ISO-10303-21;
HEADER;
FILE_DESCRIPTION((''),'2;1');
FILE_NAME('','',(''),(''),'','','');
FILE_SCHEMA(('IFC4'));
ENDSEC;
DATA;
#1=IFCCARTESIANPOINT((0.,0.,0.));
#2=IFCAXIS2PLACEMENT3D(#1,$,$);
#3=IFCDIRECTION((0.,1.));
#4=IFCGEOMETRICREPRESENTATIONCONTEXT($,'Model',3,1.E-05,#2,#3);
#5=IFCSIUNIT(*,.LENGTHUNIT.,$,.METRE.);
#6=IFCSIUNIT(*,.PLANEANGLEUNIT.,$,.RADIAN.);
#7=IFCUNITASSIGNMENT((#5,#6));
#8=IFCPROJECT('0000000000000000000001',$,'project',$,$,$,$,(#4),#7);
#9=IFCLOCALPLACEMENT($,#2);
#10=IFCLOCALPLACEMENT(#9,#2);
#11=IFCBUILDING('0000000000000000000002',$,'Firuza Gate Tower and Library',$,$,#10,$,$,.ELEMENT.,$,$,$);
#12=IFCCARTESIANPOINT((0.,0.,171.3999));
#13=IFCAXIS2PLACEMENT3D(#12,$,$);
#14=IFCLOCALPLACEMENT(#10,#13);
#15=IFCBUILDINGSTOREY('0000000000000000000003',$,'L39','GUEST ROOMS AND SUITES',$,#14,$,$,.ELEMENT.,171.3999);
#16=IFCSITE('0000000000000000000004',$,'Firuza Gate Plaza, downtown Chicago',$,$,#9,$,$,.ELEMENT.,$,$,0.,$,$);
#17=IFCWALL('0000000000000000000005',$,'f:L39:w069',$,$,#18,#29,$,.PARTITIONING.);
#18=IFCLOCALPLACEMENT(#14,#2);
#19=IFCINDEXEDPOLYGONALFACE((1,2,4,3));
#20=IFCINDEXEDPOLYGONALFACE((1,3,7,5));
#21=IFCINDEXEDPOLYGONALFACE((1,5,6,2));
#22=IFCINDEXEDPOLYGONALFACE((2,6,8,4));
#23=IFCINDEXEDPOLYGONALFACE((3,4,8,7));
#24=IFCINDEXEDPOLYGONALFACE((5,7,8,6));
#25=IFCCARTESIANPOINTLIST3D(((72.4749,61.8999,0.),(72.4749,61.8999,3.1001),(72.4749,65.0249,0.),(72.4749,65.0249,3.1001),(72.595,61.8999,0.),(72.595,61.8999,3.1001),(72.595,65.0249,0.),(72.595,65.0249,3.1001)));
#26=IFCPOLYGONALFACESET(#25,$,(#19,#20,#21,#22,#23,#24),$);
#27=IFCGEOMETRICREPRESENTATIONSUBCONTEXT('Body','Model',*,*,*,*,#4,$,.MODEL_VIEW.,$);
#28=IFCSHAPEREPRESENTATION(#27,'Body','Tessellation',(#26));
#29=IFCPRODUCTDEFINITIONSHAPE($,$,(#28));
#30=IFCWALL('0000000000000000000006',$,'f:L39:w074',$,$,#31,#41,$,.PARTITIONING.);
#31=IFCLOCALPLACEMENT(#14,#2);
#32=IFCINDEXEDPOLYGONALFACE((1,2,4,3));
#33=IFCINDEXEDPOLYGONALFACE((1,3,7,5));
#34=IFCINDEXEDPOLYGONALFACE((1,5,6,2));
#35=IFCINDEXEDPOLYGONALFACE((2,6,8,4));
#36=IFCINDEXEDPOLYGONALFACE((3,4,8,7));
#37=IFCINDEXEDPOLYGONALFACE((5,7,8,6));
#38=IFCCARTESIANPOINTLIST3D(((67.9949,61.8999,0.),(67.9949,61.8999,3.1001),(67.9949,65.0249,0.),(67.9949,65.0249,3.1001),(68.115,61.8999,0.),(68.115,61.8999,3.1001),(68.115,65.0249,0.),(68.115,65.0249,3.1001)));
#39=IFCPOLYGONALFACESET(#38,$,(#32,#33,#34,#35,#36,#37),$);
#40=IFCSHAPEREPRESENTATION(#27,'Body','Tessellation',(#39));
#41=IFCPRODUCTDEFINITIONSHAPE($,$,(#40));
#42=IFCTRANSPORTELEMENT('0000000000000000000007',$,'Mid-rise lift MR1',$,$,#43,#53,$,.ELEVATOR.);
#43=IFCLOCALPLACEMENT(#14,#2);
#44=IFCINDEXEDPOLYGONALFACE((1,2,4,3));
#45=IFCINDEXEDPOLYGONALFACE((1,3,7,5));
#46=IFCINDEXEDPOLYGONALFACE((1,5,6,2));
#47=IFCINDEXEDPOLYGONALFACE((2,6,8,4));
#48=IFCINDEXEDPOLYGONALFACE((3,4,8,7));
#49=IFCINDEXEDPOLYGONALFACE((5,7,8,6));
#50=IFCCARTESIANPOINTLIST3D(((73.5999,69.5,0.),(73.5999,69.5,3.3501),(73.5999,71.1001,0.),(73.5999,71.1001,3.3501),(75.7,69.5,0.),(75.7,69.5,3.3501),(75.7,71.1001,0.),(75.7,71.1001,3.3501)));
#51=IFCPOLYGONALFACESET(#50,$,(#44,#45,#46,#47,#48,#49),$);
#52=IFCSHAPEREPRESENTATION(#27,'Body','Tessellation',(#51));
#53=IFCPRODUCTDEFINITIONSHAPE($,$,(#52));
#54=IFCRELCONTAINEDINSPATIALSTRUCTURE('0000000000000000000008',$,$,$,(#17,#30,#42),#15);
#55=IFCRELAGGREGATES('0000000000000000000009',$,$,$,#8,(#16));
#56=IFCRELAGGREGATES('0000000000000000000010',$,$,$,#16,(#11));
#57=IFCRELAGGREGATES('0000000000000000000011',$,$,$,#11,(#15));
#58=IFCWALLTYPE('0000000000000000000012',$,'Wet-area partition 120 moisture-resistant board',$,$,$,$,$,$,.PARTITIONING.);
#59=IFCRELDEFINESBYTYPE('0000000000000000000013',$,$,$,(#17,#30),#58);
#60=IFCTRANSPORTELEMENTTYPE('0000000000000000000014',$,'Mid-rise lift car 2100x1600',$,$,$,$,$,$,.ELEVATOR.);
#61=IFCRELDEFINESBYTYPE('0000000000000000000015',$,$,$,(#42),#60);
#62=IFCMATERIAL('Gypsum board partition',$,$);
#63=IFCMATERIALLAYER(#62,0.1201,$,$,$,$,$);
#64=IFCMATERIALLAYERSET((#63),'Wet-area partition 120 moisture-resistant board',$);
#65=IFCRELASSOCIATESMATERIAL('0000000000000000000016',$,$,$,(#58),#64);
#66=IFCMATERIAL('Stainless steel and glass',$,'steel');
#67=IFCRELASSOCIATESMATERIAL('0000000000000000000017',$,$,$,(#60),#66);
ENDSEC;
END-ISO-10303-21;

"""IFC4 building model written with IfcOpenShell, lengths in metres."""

from ifc_helpers import new_model, si_unit, direction, frame, frame_2d, origin, origin_2d, place, context, subcontext, project, spatial, rectangle, extrude, material, layer, layer_set, type_object, element, save


model = new_model("IFC4")

# Units and contexts
model_context = context("Model", 3, precision=1e-05, world=origin(), true_north=direction((0.0, 1.0)))
body_context = subcontext(model_context, "Body", "Model", "MODEL_VIEW")
ifc_project = project(units=[si_unit("LENGTHUNIT", "METRE"), si_unit("PLANEANGLEUNIT", "RADIAN")], contexts=[model_context])

# Site, building, storey
site_placement = place(None, origin())
site = spatial("IfcSite", under=ifc_project, at=site_placement, Name="Firuza Gate Plaza, downtown Chicago", CompositionType="ELEMENT", RefElevation=0.0)
building_placement = place(site_placement, origin())
building = spatial("IfcBuilding", under=site, at=building_placement, Name="Firuza Gate Tower and Library", CompositionType="ELEMENT")
storey_placement = place(building_placement, frame((0.0, 0.0, 171.3999)))
storey = spatial("IfcBuildingStorey", under=building, at=storey_placement, Name="L39", Description="GUEST ROOMS AND SUITES", CompositionType="ELEMENT", Elevation=171.3999)

# Shared definitions
ifc_material_1 = material(Name="Gypsum board partition")
ifc_layer_1 = layer(ifc_material_1, 0.1201)
ifc_layer_set_1 = layer_set([ifc_layer_1], Name="Wet-area partition 120 moisture-resistant board")
wall_type_1 = type_object("IfcWallType", Name="Wet-area partition 120 moisture-resistant board", PredefinedType="PARTITIONING", material=ifc_layer_set_1)

# Walls
for number, where, z_axis, x_axis, name in (
    (1, (72.5349, 61.8999, 0.0), (0.0, 0.0, 1.0), (0.0, 1.0, 0.0), "f:L39:w069"),
    (2, (68.0549, 61.8999, 0.0), (0.0, 0.0, 1.0), (0.0, 1.0, 0.0), "f:L39:w074"),
):
    element("IfcWall", number, at=place(storey_placement, frame(where, z_axis=z_axis, x_axis=x_axis)), inside=storey, type_object=wall_type_1, Name=name, PredefinedType="PARTITIONING", context=body_context, shape_type="SweptSolid", body=[
        extrude(rectangle(XDim=3.125, YDim=0.1201, at=frame_2d((1.5625, 0.0))), origin(), (0.0, 0.0, 1.0), 3.1001),
    ])

# Transport element
ifc_material_2 = material(Name="Stainless steel and glass", Category="steel")
transport_element_type = type_object("IfcTransportElementType", Name="Mid-rise lift car 2100x1600", PredefinedType="ELEVATOR", material=ifc_material_2)
transport_element_placement = place(storey_placement, frame((74.6499, 70.3, 0.0), z_axis=(0.0, 0.0, 1.0), x_axis=(1.0, 0.0, 0.0)))
element("IfcTransportElement", 3, at=transport_element_placement, inside=storey, type_object=transport_element_type, Name="Mid-rise lift MR1", PredefinedType="ELEVATOR", context=body_context, shape_type="SweptSolid", body=[
    extrude(rectangle(XDim=2.1001, YDim=1.6001, at=origin_2d()), origin(), (0.0, 0.0, 1.0), 3.3501),
])

save(model, "model.ifc")
